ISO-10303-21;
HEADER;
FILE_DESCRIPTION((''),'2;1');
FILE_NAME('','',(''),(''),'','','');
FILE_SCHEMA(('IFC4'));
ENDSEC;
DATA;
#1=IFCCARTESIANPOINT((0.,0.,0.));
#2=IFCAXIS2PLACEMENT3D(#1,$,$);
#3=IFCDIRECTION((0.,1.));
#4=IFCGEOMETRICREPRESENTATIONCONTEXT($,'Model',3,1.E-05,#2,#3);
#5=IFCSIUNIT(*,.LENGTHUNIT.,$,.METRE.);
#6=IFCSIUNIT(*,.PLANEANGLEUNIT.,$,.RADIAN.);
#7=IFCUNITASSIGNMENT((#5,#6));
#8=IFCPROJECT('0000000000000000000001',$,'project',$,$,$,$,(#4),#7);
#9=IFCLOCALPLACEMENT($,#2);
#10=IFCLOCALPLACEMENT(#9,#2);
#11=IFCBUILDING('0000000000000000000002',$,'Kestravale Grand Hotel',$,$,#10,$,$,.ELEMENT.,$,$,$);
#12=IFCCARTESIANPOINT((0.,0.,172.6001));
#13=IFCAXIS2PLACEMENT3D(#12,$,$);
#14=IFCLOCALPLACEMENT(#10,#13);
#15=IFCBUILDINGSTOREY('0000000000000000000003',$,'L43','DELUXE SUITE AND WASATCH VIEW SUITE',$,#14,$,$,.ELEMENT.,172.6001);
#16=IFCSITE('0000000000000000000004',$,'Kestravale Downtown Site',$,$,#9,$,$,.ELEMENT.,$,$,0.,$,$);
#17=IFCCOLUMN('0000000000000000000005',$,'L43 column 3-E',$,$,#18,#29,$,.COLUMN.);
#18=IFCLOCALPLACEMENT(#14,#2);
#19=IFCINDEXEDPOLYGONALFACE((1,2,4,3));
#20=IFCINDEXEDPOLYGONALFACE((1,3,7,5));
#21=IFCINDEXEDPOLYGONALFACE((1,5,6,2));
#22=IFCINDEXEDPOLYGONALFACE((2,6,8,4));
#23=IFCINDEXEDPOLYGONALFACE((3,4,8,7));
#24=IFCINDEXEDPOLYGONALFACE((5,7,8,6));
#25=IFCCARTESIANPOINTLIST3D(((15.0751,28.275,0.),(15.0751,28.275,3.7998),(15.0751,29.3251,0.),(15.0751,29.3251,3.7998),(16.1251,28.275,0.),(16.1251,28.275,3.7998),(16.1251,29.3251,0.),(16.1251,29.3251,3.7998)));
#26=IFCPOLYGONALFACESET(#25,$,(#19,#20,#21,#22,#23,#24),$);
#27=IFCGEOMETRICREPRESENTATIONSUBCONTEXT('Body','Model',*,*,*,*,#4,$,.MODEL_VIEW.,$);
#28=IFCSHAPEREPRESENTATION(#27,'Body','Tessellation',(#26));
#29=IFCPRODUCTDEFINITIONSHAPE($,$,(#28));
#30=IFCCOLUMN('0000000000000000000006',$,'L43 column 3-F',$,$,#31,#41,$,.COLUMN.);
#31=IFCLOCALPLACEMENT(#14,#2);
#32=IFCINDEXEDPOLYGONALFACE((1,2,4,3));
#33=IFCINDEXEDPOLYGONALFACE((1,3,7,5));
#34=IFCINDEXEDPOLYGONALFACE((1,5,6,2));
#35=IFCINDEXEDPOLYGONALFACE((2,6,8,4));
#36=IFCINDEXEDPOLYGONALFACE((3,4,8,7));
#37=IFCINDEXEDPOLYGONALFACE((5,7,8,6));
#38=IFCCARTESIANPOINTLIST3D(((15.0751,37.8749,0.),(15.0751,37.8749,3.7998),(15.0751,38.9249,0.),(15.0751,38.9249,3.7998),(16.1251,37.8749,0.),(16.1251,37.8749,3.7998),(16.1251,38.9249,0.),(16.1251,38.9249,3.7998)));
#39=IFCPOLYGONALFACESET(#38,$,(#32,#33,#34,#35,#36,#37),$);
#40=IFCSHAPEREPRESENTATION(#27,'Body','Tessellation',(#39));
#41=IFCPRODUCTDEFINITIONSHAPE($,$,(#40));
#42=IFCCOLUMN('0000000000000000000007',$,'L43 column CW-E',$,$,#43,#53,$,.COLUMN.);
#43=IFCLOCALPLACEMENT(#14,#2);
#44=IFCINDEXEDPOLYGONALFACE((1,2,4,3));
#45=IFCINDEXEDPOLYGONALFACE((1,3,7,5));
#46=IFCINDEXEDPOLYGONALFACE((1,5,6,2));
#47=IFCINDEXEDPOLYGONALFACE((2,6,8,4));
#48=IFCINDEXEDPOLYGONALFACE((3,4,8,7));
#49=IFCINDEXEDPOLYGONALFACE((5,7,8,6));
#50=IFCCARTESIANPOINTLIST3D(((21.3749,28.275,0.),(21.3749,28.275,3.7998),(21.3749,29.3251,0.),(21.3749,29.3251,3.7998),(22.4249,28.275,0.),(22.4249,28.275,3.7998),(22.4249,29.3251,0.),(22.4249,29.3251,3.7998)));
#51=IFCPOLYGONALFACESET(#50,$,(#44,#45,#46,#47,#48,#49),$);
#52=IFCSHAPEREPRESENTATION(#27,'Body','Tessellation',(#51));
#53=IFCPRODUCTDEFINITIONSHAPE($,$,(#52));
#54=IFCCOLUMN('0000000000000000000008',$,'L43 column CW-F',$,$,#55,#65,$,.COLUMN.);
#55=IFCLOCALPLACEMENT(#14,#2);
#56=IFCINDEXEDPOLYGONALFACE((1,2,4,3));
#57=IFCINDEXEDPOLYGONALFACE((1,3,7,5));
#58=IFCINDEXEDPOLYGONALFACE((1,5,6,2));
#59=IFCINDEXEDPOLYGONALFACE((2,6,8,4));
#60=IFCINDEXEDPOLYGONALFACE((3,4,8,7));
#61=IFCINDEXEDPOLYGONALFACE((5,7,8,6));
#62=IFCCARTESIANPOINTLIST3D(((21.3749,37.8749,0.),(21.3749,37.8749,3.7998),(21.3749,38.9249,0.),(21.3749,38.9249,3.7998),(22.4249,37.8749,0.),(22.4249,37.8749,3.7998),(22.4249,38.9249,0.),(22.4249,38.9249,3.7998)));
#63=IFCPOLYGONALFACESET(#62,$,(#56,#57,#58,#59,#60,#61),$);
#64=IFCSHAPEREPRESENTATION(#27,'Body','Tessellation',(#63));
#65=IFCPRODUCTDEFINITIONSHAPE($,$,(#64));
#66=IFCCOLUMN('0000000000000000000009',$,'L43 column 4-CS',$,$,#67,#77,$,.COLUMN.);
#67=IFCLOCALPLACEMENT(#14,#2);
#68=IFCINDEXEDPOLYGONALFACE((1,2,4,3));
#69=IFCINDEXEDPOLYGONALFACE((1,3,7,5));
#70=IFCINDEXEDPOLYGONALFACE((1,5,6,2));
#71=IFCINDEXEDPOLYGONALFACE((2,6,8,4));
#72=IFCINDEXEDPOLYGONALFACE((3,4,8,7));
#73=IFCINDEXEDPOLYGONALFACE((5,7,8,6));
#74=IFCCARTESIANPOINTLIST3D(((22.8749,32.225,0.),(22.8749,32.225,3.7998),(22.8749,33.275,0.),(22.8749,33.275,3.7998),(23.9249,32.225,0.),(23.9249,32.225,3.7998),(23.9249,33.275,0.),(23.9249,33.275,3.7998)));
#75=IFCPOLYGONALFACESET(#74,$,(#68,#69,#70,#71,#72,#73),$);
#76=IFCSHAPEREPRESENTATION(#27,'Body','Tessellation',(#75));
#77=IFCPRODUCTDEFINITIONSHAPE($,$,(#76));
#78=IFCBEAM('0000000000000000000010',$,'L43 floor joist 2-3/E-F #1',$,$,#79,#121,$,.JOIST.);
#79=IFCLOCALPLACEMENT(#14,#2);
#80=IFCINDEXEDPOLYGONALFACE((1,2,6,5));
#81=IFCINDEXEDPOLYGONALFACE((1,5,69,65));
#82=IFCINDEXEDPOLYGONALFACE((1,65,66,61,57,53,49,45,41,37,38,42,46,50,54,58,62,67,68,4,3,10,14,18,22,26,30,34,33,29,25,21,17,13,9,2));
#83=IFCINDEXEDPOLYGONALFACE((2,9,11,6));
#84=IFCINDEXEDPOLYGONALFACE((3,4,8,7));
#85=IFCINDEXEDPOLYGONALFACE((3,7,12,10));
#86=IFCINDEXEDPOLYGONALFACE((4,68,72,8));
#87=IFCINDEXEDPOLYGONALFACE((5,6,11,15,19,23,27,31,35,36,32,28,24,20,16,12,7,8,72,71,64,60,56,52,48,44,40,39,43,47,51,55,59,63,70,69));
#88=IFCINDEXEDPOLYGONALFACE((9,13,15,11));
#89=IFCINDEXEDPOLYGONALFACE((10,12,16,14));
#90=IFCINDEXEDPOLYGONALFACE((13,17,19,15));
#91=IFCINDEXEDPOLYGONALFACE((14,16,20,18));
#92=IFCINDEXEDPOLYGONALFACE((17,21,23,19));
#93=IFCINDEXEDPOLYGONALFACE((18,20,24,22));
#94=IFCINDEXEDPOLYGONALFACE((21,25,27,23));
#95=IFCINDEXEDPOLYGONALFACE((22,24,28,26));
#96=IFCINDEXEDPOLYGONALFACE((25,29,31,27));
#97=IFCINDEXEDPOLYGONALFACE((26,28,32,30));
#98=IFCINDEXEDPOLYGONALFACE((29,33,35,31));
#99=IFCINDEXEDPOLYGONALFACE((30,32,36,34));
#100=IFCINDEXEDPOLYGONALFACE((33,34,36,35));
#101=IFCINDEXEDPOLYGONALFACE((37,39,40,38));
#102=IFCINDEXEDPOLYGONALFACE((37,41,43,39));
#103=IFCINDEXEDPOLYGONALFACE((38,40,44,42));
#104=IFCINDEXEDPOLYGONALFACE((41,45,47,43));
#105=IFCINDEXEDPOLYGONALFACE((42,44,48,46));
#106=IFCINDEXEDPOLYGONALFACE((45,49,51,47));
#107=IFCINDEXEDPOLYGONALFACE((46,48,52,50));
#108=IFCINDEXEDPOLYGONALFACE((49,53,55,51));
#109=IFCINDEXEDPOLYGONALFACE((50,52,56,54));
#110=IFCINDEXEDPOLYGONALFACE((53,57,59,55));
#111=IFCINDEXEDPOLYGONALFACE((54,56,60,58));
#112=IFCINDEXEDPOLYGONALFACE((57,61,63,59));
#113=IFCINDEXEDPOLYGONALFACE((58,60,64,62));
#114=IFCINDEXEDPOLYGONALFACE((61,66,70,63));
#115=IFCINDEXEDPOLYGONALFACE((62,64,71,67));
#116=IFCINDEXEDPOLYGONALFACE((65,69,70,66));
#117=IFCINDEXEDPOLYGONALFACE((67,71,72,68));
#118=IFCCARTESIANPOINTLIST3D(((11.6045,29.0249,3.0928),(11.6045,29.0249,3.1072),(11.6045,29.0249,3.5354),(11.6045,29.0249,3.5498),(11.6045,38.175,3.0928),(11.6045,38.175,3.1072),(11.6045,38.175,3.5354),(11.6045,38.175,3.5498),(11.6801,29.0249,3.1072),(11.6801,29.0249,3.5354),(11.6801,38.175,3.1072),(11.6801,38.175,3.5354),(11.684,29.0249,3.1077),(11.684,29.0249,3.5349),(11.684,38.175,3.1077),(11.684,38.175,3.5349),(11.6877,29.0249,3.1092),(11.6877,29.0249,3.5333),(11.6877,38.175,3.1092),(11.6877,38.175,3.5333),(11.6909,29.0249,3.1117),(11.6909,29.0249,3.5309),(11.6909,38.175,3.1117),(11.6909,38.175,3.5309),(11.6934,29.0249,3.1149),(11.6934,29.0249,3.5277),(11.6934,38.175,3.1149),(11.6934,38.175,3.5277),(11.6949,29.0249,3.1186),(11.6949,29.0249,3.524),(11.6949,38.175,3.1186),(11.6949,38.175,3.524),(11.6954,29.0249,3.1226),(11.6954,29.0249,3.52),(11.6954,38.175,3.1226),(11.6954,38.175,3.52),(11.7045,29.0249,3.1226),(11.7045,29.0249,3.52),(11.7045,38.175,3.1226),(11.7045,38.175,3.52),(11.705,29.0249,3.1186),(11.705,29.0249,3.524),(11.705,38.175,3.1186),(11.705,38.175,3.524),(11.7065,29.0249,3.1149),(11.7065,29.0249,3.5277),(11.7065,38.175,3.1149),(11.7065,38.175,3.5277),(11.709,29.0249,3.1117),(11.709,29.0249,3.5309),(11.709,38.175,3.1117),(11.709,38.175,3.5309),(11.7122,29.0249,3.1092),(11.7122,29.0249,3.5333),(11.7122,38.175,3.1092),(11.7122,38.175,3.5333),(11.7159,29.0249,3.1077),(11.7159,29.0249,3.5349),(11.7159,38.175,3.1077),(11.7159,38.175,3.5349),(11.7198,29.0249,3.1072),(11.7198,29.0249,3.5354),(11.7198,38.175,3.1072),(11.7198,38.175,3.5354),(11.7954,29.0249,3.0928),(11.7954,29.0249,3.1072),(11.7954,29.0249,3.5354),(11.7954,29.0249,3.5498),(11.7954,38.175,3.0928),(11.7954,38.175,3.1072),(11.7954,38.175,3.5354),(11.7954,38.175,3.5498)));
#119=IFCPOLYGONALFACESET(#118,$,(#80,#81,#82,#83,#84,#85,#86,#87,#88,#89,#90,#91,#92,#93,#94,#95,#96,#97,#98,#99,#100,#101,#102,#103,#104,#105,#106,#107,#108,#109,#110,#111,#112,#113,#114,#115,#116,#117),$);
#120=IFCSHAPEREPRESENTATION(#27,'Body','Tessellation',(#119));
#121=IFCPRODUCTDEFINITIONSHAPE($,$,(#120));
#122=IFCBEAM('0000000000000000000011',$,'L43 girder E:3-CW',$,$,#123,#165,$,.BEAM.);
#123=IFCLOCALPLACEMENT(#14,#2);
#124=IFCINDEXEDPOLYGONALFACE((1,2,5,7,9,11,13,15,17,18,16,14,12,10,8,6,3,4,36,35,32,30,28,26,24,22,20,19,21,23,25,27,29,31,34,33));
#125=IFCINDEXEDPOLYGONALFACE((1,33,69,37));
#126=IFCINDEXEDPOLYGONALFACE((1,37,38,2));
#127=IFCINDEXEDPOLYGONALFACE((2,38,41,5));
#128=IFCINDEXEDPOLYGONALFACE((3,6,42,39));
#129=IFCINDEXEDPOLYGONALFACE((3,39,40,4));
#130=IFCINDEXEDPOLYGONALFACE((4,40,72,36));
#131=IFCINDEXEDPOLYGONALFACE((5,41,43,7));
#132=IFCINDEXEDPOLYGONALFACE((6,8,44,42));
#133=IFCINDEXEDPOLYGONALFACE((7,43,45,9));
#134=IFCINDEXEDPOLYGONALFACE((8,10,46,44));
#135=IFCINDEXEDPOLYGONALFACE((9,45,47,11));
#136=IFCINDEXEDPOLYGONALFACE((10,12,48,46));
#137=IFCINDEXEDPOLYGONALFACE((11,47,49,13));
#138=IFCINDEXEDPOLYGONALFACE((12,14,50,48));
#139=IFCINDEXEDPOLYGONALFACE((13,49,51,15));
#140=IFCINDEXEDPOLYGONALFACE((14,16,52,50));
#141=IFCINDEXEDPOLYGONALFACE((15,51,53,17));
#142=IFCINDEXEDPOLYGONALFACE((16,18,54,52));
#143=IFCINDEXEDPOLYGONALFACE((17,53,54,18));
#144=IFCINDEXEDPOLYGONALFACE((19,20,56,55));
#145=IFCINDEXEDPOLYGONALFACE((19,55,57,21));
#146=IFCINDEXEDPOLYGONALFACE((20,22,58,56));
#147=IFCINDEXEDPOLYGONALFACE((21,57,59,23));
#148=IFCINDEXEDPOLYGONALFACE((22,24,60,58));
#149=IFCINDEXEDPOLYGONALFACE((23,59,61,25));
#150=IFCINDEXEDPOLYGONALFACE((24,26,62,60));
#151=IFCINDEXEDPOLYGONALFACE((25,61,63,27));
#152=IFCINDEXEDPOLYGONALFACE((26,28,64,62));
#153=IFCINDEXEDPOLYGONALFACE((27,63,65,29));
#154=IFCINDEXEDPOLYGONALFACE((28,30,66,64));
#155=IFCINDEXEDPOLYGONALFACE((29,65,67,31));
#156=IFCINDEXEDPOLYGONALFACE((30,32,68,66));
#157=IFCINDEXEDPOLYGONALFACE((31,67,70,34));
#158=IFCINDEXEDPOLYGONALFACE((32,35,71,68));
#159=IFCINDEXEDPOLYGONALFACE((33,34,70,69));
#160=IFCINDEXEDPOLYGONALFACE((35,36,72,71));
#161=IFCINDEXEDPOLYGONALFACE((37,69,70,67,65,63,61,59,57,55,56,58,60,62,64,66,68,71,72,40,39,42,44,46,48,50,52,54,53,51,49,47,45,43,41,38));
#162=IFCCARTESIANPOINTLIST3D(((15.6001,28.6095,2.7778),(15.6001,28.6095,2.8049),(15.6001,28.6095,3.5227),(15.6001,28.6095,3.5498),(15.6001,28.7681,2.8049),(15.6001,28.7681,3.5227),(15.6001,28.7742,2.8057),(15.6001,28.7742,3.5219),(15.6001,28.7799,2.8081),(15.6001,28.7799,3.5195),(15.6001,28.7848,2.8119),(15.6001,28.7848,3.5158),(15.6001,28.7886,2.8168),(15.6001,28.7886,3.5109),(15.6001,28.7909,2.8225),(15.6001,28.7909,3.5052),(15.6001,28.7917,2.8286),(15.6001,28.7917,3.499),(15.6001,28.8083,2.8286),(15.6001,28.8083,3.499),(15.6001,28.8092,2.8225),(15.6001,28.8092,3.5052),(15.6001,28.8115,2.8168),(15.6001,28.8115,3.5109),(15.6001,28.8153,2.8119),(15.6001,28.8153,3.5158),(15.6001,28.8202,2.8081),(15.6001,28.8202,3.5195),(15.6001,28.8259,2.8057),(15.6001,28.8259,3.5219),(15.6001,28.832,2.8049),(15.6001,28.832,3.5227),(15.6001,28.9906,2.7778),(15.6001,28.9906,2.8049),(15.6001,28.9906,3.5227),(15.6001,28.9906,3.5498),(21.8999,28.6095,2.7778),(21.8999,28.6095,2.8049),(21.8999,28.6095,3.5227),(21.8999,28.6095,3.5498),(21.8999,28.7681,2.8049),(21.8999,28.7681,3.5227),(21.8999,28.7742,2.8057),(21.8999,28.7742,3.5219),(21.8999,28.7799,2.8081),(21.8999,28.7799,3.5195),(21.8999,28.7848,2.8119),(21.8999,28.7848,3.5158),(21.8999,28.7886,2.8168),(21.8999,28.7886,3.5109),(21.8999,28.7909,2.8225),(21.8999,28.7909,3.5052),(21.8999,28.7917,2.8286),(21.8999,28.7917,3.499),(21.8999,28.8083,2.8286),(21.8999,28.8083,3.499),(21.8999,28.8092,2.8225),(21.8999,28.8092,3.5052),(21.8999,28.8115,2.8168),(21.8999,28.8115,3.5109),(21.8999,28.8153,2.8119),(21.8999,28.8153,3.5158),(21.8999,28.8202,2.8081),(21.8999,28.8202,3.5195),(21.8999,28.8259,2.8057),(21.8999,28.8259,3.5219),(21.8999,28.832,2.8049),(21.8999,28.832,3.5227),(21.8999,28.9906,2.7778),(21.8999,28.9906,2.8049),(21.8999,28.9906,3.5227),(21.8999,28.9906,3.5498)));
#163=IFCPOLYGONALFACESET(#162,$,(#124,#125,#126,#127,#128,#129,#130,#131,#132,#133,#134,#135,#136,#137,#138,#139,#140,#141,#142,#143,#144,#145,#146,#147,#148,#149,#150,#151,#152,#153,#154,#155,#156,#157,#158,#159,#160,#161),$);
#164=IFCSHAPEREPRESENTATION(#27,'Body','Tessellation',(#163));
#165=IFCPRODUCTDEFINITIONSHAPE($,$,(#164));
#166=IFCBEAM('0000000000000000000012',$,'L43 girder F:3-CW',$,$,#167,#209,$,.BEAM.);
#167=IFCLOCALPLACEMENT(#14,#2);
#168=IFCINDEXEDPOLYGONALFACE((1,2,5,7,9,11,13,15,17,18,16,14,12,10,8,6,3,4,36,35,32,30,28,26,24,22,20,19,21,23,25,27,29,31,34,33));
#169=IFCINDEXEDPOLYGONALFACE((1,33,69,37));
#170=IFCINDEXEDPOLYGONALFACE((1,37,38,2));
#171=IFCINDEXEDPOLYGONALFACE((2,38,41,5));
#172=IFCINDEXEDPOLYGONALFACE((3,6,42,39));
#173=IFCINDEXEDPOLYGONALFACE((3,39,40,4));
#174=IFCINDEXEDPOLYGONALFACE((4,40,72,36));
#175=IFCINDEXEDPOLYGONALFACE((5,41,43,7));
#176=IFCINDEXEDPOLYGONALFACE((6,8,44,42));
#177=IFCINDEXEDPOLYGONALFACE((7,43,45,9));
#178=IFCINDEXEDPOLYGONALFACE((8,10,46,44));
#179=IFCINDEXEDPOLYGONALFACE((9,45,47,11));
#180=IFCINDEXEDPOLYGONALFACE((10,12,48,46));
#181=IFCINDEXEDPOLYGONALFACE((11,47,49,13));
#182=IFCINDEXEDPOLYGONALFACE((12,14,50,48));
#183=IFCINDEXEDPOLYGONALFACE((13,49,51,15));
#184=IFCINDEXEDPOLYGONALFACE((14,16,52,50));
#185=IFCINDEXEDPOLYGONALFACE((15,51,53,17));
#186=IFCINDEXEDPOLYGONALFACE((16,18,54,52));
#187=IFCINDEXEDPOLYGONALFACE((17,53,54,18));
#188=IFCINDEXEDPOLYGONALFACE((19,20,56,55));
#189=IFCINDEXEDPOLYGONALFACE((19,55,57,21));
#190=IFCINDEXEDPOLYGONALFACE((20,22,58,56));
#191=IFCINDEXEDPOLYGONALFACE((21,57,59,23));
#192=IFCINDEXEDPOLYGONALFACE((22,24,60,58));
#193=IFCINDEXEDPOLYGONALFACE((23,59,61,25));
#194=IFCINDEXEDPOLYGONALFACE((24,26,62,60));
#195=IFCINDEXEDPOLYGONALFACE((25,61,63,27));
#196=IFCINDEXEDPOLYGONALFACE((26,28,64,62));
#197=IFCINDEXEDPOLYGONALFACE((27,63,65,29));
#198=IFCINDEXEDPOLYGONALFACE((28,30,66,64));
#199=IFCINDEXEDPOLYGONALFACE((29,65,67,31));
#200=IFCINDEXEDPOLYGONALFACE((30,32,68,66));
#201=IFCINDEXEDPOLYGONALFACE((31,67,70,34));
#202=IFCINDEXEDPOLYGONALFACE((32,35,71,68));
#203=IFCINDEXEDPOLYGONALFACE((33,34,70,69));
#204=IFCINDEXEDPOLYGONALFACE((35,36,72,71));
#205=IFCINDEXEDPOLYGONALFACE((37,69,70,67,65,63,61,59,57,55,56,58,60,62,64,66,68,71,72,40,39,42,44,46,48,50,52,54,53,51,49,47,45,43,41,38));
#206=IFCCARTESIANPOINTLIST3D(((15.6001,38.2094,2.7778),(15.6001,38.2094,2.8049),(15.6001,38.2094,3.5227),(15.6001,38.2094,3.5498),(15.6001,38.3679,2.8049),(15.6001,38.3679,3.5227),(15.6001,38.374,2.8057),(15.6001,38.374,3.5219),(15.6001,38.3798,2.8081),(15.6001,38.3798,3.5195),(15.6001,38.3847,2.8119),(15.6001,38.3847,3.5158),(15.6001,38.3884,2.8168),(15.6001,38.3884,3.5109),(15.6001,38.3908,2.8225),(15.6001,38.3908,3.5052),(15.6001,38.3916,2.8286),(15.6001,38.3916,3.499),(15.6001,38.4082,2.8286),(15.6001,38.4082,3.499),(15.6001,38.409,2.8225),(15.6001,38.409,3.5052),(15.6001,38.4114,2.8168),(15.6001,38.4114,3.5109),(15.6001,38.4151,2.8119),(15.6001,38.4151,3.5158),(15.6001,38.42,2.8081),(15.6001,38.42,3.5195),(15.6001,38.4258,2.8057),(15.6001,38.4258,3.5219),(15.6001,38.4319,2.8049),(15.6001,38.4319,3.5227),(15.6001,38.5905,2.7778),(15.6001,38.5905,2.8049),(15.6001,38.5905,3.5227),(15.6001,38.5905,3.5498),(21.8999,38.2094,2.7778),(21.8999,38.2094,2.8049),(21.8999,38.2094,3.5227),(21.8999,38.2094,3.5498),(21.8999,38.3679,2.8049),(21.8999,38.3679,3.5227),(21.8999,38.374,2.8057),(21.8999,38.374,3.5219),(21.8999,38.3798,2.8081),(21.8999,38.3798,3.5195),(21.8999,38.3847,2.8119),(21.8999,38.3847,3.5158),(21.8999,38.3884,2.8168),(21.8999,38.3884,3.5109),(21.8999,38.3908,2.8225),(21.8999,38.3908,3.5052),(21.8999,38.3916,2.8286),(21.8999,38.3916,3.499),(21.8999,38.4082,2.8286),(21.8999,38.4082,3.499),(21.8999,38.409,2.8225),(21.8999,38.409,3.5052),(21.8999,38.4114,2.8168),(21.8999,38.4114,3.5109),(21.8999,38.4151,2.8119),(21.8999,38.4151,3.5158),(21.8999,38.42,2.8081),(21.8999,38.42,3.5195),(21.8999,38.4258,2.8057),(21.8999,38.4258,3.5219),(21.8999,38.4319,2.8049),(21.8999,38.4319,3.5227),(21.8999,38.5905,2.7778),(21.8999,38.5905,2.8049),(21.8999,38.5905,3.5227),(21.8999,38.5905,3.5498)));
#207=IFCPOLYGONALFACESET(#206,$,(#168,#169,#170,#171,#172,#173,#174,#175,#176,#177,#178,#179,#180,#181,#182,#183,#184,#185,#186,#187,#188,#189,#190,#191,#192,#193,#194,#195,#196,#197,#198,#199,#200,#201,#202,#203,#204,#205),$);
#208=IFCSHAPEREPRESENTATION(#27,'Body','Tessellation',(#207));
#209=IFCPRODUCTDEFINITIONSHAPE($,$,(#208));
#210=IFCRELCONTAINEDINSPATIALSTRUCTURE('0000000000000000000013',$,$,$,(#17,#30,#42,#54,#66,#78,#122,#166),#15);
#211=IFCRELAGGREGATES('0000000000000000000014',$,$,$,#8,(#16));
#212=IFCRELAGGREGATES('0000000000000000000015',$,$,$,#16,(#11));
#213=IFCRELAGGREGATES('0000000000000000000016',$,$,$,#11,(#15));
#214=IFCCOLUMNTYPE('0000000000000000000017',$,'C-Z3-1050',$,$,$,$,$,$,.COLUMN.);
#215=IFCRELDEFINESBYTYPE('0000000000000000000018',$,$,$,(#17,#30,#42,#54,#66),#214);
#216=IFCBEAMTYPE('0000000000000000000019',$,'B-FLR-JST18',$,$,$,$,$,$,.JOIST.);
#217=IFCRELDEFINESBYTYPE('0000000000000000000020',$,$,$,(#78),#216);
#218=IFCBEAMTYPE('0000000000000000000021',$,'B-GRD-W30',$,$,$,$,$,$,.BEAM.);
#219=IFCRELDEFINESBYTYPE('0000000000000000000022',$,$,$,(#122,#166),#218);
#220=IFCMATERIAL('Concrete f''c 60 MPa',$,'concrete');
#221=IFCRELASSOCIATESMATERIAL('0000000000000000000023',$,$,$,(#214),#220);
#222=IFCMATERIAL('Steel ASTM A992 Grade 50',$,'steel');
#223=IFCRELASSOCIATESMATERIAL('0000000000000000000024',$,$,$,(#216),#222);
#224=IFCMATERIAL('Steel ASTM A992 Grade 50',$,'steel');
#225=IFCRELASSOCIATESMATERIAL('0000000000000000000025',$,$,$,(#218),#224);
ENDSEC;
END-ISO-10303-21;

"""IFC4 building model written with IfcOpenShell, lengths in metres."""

from ifc_helpers import new_model, si_unit, direction, frame, origin, origin_2d, place, context, subcontext, project, spatial, rectangle, i_section, extrude, material, material_profile, profile_set, type_object, element, save


model = new_model("IFC4")

# Units and contexts
model_context = context("Model", 3, precision=1e-05, world=origin(), true_north=direction((0.0, 1.0)))
body_context = subcontext(model_context, "Body", "Model", "MODEL_VIEW")
ifc_project = project(units=[si_unit("LENGTHUNIT", "METRE"), si_unit("PLANEANGLEUNIT", "RADIAN")], contexts=[model_context])

# Site, building, storey
site_placement = place(None, origin())
site = spatial("IfcSite", under=ifc_project, at=site_placement, Name="Kestravale Downtown Site", CompositionType="ELEMENT", RefElevation=0.0)
building_placement = place(site_placement, origin())
building = spatial("IfcBuilding", under=site, at=building_placement, Name="Kestravale Grand Hotel", CompositionType="ELEMENT")
storey_placement = place(building_placement, frame((0.0, 0.0, 172.6001)))
storey = spatial("IfcBuildingStorey", under=building, at=storey_placement, Name="L43", Description="DELUXE SUITE AND WASATCH VIEW SUITE", CompositionType="ELEMENT", Elevation=172.6001)

# Columns
ifc_material_1 = material(Name="Concrete f'c 60 MPa", Category="concrete")
ifc_material_profile_1 = material_profile(ifc_material_1, rectangle(XDim=1.05, YDim=1.05, at=origin_2d()))
ifc_profile_set_1 = profile_set([ifc_material_profile_1], Name="Concrete f'c 60 MPa")
column_type = type_object("IfcColumnType", Name="C-Z3-1050", PredefinedType="COLUMN", material=ifc_profile_set_1)
for number, where, z_axis, x_axis, name in (
    (1, (15.6001, 28.8, 0.0), (0.0, 0.0, 1.0), (1.0, 0.0, 0.0), "L43 column 3-E"),
    (2, (15.6001, 38.3999, 0.0), (0.0, 0.0, 1.0), (1.0, 0.0, 0.0), "L43 column 3-F"),
    (3, (21.8999, 28.8, 0.0), (0.0, 0.0, 1.0), (1.0, 0.0, 0.0), "L43 column CW-E"),
    (4, (21.8999, 38.3999, 0.0), (0.0, 0.0, 1.0), (1.0, 0.0, 0.0), "L43 column CW-F"),
    (5, (23.3999, 32.75, 0.0), (0.0, 0.0, 1.0), (1.0, 0.0, 0.0), "L43 column 4-CS"),
):
    element("IfcColumn", number, at=place(storey_placement, frame(where, z_axis=z_axis, x_axis=x_axis)), inside=storey, type_object=column_type, Name=name, PredefinedType="COLUMN", context=body_context, shape_type="SweptSolid", body=[
        extrude(rectangle(XDim=1.05, YDim=1.05, at=origin_2d()), origin(), (0.0, 0.0, 1.0), 3.7998),
    ])

# Beams
ifc_material_2 = material(Name="Steel ASTM A992 Grade 50", Category="steel")
ifc_material_profile_2 = material_profile(ifc_material_2, i_section(OverallWidth=0.1909, OverallDepth=0.457, WebThickness=0.009, FlangeThickness=0.0144, FilletRadius=0.0154, at=origin_2d()))
ifc_profile_set_2 = profile_set([ifc_material_profile_2], Name="Steel ASTM A992 Grade 50")
beam_type_1 = type_object("IfcBeamType", Name="B-FLR-JST18", PredefinedType="JOIST", material=ifc_profile_set_2)
beam_1_placement = place(storey_placement, frame((11.7, 29.0249, 3.3213), z_axis=(0.0, 1.0, 0.0), x_axis=(-1.0, 0.0, 0.0)))
element("IfcBeam", 6, at=beam_1_placement, inside=storey, type_object=beam_type_1, Name="L43 floor joist 2-3/E-F #1", PredefinedType="JOIST", context=body_context, shape_type="SweptSolid", body=[
    extrude(i_section(OverallWidth=0.1909, OverallDepth=0.457, WebThickness=0.009, FlangeThickness=0.0144, FilletRadius=0.0154, at=origin_2d()), origin(), (0.0, 0.0, 1.0), 9.1501),
])
ifc_material_3 = material(Name="Steel ASTM A992 Grade 50", Category="steel")
ifc_material_profile_3 = material_profile(ifc_material_3, i_section(OverallWidth=0.3811, OverallDepth=0.772, WebThickness=0.0166, FlangeThickness=0.0271, FilletRadius=0.0237, at=origin_2d()))
ifc_profile_set_3 = profile_set([ifc_material_profile_3], Name="Steel ASTM A992 Grade 50")
beam_type_2 = type_object("IfcBeamType", Name="B-GRD-W30", PredefinedType="BEAM", material=ifc_profile_set_3)
for number, where, z_axis, x_axis, name in (
    (7, (15.6001, 28.8, 3.1638), (1.0, 0.0, 0.0), (0.0, 1.0, 0.0), "L43 girder E:3-CW"),
    (8, (15.6001, 38.3999, 3.1638), (1.0, 0.0, 0.0), (0.0, 1.0, 0.0), "L43 girder F:3-CW"),
):
    element("IfcBeam", number, at=place(storey_placement, frame(where, z_axis=z_axis, x_axis=x_axis)), inside=storey, type_object=beam_type_2, Name=name, PredefinedType="BEAM", context=body_context, shape_type="SweptSolid", body=[
        extrude(i_section(OverallWidth=0.3811, OverallDepth=0.772, WebThickness=0.0166, FlangeThickness=0.0271, FilletRadius=0.0237, at=origin_2d()), origin(), (0.0, 0.0, 1.0), 6.2998),
    ])

save(model, "model.ifc")
